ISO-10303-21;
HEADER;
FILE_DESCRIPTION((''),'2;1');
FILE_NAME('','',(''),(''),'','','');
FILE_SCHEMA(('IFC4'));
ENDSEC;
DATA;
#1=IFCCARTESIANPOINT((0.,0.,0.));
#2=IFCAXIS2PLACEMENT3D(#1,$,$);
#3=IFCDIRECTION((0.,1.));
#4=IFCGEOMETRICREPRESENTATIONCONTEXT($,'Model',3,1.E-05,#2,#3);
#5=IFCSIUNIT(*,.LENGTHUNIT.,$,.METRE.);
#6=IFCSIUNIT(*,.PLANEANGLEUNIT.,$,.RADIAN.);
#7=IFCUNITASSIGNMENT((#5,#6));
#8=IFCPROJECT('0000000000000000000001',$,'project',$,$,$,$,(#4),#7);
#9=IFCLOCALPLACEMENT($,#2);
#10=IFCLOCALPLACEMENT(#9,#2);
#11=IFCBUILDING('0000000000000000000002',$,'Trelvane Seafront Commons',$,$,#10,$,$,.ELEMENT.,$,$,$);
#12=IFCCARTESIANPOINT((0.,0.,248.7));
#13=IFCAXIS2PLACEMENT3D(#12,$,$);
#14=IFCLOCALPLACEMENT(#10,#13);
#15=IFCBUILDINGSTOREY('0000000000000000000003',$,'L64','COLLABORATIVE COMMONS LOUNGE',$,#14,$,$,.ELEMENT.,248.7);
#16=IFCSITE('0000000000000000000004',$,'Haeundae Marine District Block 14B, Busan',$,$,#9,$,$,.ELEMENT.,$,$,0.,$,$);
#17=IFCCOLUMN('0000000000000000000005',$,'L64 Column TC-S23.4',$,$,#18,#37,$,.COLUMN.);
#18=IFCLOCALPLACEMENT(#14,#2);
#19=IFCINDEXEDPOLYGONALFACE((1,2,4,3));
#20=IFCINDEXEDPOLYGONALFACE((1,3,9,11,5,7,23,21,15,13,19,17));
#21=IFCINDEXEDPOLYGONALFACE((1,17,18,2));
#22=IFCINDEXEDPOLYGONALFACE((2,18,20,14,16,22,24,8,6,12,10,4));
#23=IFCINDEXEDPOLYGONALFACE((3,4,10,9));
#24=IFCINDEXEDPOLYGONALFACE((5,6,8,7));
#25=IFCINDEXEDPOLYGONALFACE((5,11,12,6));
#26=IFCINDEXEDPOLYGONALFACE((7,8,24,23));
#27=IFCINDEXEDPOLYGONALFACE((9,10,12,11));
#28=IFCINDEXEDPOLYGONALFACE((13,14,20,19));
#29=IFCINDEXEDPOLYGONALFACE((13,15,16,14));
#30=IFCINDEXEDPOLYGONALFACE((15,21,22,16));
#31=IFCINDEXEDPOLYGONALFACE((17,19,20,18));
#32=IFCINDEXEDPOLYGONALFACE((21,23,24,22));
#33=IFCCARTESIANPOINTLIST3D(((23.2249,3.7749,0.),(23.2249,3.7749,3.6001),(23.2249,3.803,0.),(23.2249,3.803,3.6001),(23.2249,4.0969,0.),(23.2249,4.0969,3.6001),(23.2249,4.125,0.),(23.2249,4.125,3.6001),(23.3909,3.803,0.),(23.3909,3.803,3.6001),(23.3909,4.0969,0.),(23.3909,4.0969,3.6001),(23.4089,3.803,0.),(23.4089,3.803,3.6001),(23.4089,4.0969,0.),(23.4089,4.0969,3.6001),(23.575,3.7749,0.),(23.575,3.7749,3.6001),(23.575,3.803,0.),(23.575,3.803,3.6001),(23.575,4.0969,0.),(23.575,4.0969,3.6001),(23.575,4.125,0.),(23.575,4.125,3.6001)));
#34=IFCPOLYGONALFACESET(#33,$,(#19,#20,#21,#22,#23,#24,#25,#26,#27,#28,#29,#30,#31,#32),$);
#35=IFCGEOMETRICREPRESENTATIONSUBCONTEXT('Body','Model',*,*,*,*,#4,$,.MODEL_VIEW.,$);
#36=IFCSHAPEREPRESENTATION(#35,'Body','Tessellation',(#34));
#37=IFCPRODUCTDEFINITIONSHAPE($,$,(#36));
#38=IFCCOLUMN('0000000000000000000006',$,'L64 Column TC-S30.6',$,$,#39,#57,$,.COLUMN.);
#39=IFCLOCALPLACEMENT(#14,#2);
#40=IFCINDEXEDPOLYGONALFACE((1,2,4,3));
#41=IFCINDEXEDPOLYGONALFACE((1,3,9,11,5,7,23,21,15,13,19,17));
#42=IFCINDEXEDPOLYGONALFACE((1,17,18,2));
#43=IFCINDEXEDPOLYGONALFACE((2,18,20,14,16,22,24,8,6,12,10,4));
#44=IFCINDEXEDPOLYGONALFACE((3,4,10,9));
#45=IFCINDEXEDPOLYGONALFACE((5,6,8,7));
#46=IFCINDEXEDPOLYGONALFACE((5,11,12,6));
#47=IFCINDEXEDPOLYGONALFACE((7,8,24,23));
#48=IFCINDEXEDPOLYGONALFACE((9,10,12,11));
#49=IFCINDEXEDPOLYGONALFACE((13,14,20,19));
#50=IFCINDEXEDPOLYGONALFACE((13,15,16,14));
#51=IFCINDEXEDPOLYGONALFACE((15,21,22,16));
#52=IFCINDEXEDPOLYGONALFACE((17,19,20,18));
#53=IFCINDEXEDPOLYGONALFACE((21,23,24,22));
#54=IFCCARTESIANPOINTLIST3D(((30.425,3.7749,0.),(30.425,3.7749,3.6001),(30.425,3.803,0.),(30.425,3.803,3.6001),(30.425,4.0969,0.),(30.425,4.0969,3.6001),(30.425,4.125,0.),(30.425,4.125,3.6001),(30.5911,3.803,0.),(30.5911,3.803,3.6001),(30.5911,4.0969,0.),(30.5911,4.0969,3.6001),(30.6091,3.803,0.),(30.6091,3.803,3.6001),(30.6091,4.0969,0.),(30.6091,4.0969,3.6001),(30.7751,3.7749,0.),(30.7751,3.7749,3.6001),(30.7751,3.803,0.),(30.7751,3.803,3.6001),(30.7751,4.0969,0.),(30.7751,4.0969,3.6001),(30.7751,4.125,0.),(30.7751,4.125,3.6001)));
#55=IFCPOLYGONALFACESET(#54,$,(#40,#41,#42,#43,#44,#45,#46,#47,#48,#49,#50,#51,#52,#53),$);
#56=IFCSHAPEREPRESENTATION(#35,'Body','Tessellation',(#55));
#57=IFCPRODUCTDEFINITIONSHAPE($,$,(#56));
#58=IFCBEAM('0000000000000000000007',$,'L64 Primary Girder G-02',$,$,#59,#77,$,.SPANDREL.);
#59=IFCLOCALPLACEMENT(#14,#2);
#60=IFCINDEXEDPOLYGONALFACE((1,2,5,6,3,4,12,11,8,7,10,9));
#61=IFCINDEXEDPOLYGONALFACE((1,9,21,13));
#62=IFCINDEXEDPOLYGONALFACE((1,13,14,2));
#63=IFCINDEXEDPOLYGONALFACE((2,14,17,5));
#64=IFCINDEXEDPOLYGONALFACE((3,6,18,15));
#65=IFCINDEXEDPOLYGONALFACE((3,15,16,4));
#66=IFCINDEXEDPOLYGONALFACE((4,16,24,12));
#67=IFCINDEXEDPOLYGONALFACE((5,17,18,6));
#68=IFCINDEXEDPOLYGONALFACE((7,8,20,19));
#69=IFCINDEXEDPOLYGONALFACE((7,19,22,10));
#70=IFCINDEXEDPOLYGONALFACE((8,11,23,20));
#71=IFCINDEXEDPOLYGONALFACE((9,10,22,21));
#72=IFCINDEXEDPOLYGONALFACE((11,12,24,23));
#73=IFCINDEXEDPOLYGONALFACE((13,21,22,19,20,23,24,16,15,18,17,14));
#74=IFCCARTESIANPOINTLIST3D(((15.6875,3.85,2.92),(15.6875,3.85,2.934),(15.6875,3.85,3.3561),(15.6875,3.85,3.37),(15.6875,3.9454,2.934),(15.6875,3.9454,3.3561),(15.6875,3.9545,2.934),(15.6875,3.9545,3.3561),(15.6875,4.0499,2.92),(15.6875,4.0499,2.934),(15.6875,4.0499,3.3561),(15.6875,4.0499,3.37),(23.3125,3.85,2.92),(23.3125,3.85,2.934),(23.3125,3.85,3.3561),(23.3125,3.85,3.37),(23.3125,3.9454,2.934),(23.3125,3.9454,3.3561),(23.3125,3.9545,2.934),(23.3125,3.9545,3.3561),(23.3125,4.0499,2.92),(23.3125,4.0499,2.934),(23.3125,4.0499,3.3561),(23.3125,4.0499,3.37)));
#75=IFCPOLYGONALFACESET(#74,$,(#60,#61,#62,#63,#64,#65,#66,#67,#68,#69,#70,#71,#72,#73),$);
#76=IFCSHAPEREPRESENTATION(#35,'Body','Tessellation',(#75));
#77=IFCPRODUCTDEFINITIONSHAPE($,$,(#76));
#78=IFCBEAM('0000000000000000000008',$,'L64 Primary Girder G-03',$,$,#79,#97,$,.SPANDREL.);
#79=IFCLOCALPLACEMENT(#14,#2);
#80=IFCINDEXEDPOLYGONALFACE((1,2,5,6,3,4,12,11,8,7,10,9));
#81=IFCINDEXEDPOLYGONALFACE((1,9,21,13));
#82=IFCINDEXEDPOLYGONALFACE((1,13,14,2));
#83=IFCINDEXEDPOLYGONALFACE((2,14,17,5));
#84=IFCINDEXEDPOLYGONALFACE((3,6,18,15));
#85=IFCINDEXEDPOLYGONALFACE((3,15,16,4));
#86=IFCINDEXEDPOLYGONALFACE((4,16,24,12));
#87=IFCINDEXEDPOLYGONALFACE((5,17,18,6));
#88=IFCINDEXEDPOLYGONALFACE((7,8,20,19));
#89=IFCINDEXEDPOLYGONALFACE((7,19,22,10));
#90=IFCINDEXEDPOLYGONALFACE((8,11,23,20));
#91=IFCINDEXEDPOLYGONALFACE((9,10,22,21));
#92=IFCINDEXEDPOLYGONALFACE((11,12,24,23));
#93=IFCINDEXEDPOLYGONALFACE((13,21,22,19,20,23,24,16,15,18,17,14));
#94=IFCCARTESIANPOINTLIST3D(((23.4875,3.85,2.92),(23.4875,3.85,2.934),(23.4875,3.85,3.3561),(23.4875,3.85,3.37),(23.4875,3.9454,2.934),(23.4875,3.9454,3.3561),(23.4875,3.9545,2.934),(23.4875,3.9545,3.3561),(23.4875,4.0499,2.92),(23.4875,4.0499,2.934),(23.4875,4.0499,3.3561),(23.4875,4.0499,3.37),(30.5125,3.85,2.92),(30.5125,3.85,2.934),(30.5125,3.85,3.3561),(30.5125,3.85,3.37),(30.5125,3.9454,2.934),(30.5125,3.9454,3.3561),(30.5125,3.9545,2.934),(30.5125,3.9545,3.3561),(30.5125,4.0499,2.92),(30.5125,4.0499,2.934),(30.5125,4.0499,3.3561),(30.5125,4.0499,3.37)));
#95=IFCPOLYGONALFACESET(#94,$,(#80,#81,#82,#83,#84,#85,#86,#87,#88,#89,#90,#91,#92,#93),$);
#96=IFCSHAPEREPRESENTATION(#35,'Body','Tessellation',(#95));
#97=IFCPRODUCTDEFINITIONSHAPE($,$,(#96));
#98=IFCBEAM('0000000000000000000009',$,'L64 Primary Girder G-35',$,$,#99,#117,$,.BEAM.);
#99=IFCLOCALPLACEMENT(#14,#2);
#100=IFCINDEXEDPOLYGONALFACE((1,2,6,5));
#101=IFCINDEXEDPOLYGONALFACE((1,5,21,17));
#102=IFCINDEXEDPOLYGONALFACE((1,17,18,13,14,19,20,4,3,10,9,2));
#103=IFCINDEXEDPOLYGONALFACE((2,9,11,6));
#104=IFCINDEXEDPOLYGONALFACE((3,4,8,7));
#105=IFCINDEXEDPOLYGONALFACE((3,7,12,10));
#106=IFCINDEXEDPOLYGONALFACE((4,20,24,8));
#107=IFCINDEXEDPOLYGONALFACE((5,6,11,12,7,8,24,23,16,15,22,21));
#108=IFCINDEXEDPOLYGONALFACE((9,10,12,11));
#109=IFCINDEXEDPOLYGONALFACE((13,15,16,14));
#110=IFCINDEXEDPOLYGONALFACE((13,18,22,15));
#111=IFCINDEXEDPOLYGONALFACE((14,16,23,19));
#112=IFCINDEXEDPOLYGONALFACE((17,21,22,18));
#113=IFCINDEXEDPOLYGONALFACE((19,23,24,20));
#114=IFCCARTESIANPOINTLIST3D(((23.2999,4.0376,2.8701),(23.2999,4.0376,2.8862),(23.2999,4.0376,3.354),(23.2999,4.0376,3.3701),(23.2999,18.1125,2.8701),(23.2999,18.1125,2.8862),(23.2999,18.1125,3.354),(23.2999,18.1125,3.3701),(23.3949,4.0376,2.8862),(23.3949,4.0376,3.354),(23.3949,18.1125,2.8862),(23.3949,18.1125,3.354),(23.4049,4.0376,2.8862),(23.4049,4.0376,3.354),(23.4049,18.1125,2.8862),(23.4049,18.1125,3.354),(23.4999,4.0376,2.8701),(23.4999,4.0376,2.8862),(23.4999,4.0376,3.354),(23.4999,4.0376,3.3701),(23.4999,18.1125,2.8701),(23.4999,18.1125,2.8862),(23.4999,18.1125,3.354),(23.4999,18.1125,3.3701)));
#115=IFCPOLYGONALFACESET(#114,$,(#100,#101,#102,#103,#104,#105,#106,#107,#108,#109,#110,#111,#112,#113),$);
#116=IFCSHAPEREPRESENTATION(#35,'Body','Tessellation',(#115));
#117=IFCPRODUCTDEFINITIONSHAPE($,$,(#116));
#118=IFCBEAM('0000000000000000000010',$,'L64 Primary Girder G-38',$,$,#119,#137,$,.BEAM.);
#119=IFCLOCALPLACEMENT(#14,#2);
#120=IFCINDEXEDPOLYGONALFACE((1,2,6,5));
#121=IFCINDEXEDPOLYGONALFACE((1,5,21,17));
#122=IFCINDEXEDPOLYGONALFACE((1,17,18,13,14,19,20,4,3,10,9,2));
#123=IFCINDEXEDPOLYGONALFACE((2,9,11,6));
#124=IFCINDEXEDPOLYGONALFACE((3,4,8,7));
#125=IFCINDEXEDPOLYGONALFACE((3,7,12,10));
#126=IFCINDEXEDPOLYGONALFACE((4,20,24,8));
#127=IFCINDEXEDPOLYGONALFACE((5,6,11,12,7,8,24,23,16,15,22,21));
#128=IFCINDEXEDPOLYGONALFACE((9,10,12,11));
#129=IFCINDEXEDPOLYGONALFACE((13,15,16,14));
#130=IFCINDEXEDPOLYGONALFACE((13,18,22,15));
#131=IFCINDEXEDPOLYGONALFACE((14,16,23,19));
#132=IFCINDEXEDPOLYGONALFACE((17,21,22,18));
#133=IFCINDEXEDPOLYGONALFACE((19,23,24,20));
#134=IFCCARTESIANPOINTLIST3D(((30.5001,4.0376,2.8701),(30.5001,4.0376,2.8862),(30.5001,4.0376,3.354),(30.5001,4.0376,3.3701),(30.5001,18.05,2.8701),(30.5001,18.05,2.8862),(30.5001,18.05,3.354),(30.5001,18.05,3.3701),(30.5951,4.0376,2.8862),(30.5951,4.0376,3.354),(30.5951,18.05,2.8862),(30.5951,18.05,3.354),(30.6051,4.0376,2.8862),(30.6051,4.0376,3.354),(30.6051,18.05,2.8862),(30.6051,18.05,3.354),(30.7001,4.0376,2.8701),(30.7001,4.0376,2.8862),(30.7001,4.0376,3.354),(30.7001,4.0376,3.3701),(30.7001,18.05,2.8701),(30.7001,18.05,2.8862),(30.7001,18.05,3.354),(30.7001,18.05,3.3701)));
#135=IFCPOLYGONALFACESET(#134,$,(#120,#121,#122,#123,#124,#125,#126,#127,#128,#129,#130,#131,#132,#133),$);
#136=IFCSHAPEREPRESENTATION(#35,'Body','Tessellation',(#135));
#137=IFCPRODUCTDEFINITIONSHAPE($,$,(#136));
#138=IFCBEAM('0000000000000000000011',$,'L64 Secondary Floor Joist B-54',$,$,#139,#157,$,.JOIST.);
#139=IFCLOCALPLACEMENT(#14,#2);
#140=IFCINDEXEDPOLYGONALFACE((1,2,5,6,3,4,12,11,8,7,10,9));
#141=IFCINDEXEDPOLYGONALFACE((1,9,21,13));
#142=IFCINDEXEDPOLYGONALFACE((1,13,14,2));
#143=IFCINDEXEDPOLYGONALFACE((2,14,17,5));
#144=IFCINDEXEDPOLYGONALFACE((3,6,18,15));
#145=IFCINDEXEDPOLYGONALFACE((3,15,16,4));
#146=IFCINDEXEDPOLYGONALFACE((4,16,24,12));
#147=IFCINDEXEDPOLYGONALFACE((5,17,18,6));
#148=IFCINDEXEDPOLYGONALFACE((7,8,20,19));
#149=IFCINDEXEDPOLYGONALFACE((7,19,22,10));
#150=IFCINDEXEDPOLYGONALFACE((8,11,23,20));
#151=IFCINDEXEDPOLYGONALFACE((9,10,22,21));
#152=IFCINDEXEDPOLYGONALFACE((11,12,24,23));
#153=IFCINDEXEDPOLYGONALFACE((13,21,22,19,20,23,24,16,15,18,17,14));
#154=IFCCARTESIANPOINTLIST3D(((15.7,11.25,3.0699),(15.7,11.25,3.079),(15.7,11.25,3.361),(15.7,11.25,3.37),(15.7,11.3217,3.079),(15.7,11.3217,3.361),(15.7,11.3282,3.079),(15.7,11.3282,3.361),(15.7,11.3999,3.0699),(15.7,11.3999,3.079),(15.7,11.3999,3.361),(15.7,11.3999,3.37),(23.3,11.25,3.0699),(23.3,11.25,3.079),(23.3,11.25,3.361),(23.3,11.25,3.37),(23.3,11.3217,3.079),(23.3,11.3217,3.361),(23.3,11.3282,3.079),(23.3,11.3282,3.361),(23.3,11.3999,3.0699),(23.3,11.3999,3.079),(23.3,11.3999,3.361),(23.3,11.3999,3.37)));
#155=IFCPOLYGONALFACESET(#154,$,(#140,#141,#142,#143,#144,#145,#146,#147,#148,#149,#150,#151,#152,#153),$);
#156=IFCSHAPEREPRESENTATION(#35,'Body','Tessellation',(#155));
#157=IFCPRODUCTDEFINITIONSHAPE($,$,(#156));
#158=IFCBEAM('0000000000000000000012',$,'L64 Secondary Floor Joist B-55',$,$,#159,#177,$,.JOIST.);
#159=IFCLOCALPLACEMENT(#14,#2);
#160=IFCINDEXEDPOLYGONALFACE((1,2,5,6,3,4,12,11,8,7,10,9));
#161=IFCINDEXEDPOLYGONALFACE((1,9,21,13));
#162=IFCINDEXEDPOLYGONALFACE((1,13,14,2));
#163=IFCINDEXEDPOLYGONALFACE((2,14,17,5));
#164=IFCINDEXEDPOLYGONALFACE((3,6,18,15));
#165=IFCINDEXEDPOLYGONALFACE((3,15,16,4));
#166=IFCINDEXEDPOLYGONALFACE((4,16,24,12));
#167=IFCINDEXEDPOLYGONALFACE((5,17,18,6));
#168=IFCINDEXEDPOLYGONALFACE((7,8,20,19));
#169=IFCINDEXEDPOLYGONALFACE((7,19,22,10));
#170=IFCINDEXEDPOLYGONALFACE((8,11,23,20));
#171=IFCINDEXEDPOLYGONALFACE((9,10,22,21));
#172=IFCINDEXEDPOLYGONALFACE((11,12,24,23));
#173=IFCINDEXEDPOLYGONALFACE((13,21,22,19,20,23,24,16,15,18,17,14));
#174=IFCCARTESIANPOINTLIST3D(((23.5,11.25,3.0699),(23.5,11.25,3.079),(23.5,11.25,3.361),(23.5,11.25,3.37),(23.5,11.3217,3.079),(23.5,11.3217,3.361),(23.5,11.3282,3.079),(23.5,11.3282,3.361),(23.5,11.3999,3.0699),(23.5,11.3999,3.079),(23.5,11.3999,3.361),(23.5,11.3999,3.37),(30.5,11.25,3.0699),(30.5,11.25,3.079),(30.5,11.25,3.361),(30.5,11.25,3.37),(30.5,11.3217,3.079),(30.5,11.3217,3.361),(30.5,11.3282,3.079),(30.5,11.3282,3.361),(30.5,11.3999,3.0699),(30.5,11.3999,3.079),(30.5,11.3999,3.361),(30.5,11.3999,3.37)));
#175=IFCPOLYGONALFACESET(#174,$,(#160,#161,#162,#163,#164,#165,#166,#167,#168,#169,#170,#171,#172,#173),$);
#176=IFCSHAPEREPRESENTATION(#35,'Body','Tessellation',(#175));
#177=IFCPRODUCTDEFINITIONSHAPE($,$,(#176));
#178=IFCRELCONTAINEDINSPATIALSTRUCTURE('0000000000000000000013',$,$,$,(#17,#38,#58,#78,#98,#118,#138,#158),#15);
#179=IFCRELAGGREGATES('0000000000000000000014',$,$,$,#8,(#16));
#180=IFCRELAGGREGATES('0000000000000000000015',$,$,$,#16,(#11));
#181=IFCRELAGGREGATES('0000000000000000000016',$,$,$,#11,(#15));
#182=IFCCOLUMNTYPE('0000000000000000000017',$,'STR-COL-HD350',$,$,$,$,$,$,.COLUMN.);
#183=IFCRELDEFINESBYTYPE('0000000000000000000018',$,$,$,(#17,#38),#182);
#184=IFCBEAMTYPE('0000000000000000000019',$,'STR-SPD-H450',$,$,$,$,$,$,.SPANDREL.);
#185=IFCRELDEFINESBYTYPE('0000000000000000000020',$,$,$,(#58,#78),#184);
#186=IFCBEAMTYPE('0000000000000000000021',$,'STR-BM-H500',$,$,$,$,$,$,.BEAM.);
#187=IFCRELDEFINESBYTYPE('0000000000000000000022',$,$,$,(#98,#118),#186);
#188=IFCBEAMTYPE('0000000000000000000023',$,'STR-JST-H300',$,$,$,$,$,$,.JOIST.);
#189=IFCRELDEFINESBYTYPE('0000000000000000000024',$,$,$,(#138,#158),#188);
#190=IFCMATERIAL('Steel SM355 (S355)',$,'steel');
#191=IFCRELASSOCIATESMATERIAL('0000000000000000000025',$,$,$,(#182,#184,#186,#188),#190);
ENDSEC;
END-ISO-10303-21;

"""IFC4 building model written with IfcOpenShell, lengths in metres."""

from ifc_helpers import new_model, si_unit, direction, frame, origin, origin_2d, place, context, subcontext, project, spatial, i_section, extrude, source, transform, mapped, material, material_profile, profile_set, type_object, element, save


model = new_model("IFC4")

# Units and contexts
model_context = context("Model", 3, precision=1e-05, world=origin(), true_north=direction((0.0, 1.0)))
body_context = subcontext(model_context, "Body", "Model", "MODEL_VIEW")
ifc_project = project(units=[si_unit("LENGTHUNIT", "METRE"), si_unit("PLANEANGLEUNIT", "RADIAN")], contexts=[model_context])

# Site, building, storey
site_placement = place(None, origin())
site = spatial("IfcSite", under=ifc_project, at=site_placement, Name="Haeundae Marine District Block 14B, Busan", CompositionType="ELEMENT", RefElevation=0.0)
building_placement = place(site_placement, origin())
building = spatial("IfcBuilding", under=site, at=building_placement, Name="Trelvane Seafront Commons", CompositionType="ELEMENT")
storey_placement = place(building_placement, frame((0.0, 0.0, 248.7)))
storey = spatial("IfcBuildingStorey", under=building, at=storey_placement, Name="L64", Description="COLLABORATIVE COMMONS LOUNGE", CompositionType="ELEMENT", Elevation=248.7)

# Columns
ifc_material_1 = material(Name="Steel SM355 (S355)", Category="steel")
ifc_material_profile_1 = material_profile(ifc_material_1, i_section(OverallWidth=0.3501, OverallDepth=0.3501, WebThickness=0.0181, FlangeThickness=0.0281, at=origin_2d()), Name="HD-350x350x18x28")
ifc_profile_set_1 = profile_set([ifc_material_profile_1], Name="Steel SM355 (S355)")
column_type = type_object("IfcColumnType", Name="STR-COL-HD350", PredefinedType="COLUMN", material=ifc_profile_set_1)
shared_shape_1 = source(origin(), body_context, "Body", "SweptSolid", [
    extrude(i_section(OverallWidth=0.3501, OverallDepth=0.3501, WebThickness=0.0181, FlangeThickness=0.0281, at=origin_2d()), origin(), (0.0, 0.0, 1.0), 3.6001),
])
for number, where, z_axis, x_axis, name in (
    (1, (23.3999, 3.95, 0.0), (0.0, 0.0, 1.0), (1.0, 0.0, 0.0), "L64 Column TC-S23.4"),
    (2, (30.6001, 3.95, 0.0), (0.0, 0.0, 1.0), (1.0, 0.0, 0.0), "L64 Column TC-S30.6"),
):
    element("IfcColumn", number, at=place(storey_placement, frame(where, z_axis=z_axis, x_axis=x_axis)), inside=storey, type_object=column_type, Name=name, PredefinedType="COLUMN", context=body_context, shape_type="MappedRepresentation", body=[
        mapped(shared_shape_1, transform((0.0, 0.0, 0.0), x_axis=(1.0, 0.0, 0.0), y_axis=(0.0, 1.0, 0.0), z_axis=(0.0, 0.0, 1.0), scale=1.0)),
    ])

# Beams
ifc_material_profile_2 = material_profile(ifc_material_1, i_section(OverallWidth=0.2, OverallDepth=0.45, WebThickness=0.009, FlangeThickness=0.0139, at=origin_2d()), Name="H-450x200x9x14")
ifc_profile_set_2 = profile_set([ifc_material_profile_2], Name="Steel SM355 (S355)")
beam_type_1 = type_object("IfcBeamType", Name="STR-SPD-H450", PredefinedType="SPANDREL", material=ifc_profile_set_2)
shared_shape_2 = source(origin(), body_context, "Body", "SweptSolid", [
    extrude(i_section(OverallWidth=0.2, OverallDepth=0.45, WebThickness=0.009, FlangeThickness=0.0139, at=origin_2d()), origin(), (0.0, 0.0, 1.0), 7.625),
])
beam_1_placement = place(storey_placement, frame((15.6875, 3.95, 3.145), z_axis=(1.0, 0.0, 0.0), x_axis=(0.0, 1.0, 0.0)))
element("IfcBeam", 3, at=beam_1_placement, inside=storey, type_object=beam_type_1, Name="L64 Primary Girder G-02", PredefinedType="SPANDREL", context=body_context, shape_type="MappedRepresentation", body=[
    mapped(shared_shape_2, transform((0.0, 0.0, 0.0), x_axis=(1.0, 0.0, 0.0), y_axis=(0.0, 1.0, 0.0), z_axis=(0.0, 0.0, 1.0), scale=1.0)),
])
shared_shape_3 = source(origin(), body_context, "Body", "SweptSolid", [
    extrude(i_section(OverallWidth=0.2, OverallDepth=0.45, WebThickness=0.009, FlangeThickness=0.0139, at=origin_2d()), origin(), (0.0, 0.0, 1.0), 7.0249),
])
beam_2_placement = place(storey_placement, frame((23.4875, 3.95, 3.145), z_axis=(1.0, 0.0, 0.0), x_axis=(0.0, 1.0, 0.0)))
element("IfcBeam", 4, at=beam_2_placement, inside=storey, type_object=beam_type_1, Name="L64 Primary Girder G-03", PredefinedType="SPANDREL", context=body_context, shape_type="MappedRepresentation", body=[
    mapped(shared_shape_3, transform((0.0, 0.0, 0.0), x_axis=(1.0, 0.0, 0.0), y_axis=(0.0, 1.0, 0.0), z_axis=(0.0, 0.0, 1.0), scale=1.0)),
])
ifc_material_profile_3 = material_profile(ifc_material_1, i_section(OverallWidth=0.2, OverallDepth=0.5, WebThickness=0.01, FlangeThickness=0.0161, at=origin_2d()), Name="H-500x200x10x16")
ifc_profile_set_3 = profile_set([ifc_material_profile_3], Name="Steel SM355 (S355)")
beam_type_2 = type_object("IfcBeamType", Name="STR-BM-H500", PredefinedType="BEAM", material=ifc_profile_set_3)
shared_shape_4 = source(origin(), body_context, "Body", "SweptSolid", [
    extrude(i_section(OverallWidth=0.2, OverallDepth=0.5, WebThickness=0.01, FlangeThickness=0.0161, at=origin_2d()), origin(), (0.0, 0.0, 1.0), 14.075),
])
beam_3_placement = place(storey_placement, frame((23.3999, 4.0376, 3.1201), z_axis=(0.0, 1.0, 0.0), x_axis=(-1.0, 0.0, 0.0)))
element("IfcBeam", 5, at=beam_3_placement, inside=storey, type_object=beam_type_2, Name="L64 Primary Girder G-35", PredefinedType="BEAM", context=body_context, shape_type="MappedRepresentation", body=[
    mapped(shared_shape_4, transform((0.0, 0.0, 0.0), x_axis=(1.0, 0.0, 0.0), y_axis=(0.0, 1.0, 0.0), z_axis=(0.0, 0.0, 1.0), scale=1.0)),
])
shared_shape_5 = source(origin(), body_context, "Body", "SweptSolid", [
    extrude(i_section(OverallWidth=0.2, OverallDepth=0.5, WebThickness=0.01, FlangeThickness=0.0161, at=origin_2d()), origin(), (0.0, 0.0, 1.0), 14.0125),
])
beam_4_placement = place(storey_placement, frame((30.6001, 4.0376, 3.1201), z_axis=(0.0, 1.0, 0.0), x_axis=(-1.0, 0.0, 0.0)))
element("IfcBeam", 6, at=beam_4_placement, inside=storey, type_object=beam_type_2, Name="L64 Primary Girder G-38", PredefinedType="BEAM", context=body_context, shape_type="MappedRepresentation", body=[
    mapped(shared_shape_5, transform((0.0, 0.0, 0.0), x_axis=(1.0, 0.0, 0.0), y_axis=(0.0, 1.0, 0.0), z_axis=(0.0, 0.0, 1.0), scale=1.0)),
])
ifc_material_profile_4 = material_profile(ifc_material_1, i_section(OverallWidth=0.1499, OverallDepth=0.3, WebThickness=0.0066, FlangeThickness=0.009, at=origin_2d()), Name="H-300x150x6.5x9")
ifc_profile_set_4 = profile_set([ifc_material_profile_4], Name="Steel SM355 (S355)")
beam_type_3 = type_object("IfcBeamType", Name="STR-JST-H300", PredefinedType="JOIST", material=ifc_profile_set_4)
shared_shape_6 = source(origin(), body_context, "Body", "SweptSolid", [
    extrude(i_section(OverallWidth=0.1499, OverallDepth=0.3, WebThickness=0.0066, FlangeThickness=0.009, at=origin_2d()), origin(), (0.0, 0.0, 1.0), 7.6001),
])
beam_5_placement = place(storey_placement, frame((15.7, 11.325, 3.22), z_axis=(1.0, 0.0, 0.0), x_axis=(0.0, 1.0, 0.0)))
element("IfcBeam", 7, at=beam_5_placement, inside=storey, type_object=beam_type_3, Name="L64 Secondary Floor Joist B-54", PredefinedType="JOIST", context=body_context, shape_type="MappedRepresentation", body=[
    mapped(shared_shape_6, transform((0.0, 0.0, 0.0), x_axis=(1.0, 0.0, 0.0), y_axis=(0.0, 1.0, 0.0), z_axis=(0.0, 0.0, 1.0), scale=1.0)),
])
shared_shape_7 = source(origin(), body_context, "Body", "SweptSolid", [
    extrude(i_section(OverallWidth=0.1499, OverallDepth=0.3, WebThickness=0.0066, FlangeThickness=0.009, at=origin_2d()), origin(), (0.0, 0.0, 1.0), 7.0),
])
beam_6_placement = place(storey_placement, frame((23.5, 11.325, 3.22), z_axis=(1.0, 0.0, 0.0), x_axis=(0.0, 1.0, 0.0)))
element("IfcBeam", 8, at=beam_6_placement, inside=storey, type_object=beam_type_3, Name="L64 Secondary Floor Joist B-55", PredefinedType="JOIST", context=body_context, shape_type="MappedRepresentation", body=[
    mapped(shared_shape_7, transform((0.0, 0.0, 0.0), x_axis=(1.0, 0.0, 0.0), y_axis=(0.0, 1.0, 0.0), z_axis=(0.0, 0.0, 1.0), scale=1.0)),
])

save(model, "model.ifc")
